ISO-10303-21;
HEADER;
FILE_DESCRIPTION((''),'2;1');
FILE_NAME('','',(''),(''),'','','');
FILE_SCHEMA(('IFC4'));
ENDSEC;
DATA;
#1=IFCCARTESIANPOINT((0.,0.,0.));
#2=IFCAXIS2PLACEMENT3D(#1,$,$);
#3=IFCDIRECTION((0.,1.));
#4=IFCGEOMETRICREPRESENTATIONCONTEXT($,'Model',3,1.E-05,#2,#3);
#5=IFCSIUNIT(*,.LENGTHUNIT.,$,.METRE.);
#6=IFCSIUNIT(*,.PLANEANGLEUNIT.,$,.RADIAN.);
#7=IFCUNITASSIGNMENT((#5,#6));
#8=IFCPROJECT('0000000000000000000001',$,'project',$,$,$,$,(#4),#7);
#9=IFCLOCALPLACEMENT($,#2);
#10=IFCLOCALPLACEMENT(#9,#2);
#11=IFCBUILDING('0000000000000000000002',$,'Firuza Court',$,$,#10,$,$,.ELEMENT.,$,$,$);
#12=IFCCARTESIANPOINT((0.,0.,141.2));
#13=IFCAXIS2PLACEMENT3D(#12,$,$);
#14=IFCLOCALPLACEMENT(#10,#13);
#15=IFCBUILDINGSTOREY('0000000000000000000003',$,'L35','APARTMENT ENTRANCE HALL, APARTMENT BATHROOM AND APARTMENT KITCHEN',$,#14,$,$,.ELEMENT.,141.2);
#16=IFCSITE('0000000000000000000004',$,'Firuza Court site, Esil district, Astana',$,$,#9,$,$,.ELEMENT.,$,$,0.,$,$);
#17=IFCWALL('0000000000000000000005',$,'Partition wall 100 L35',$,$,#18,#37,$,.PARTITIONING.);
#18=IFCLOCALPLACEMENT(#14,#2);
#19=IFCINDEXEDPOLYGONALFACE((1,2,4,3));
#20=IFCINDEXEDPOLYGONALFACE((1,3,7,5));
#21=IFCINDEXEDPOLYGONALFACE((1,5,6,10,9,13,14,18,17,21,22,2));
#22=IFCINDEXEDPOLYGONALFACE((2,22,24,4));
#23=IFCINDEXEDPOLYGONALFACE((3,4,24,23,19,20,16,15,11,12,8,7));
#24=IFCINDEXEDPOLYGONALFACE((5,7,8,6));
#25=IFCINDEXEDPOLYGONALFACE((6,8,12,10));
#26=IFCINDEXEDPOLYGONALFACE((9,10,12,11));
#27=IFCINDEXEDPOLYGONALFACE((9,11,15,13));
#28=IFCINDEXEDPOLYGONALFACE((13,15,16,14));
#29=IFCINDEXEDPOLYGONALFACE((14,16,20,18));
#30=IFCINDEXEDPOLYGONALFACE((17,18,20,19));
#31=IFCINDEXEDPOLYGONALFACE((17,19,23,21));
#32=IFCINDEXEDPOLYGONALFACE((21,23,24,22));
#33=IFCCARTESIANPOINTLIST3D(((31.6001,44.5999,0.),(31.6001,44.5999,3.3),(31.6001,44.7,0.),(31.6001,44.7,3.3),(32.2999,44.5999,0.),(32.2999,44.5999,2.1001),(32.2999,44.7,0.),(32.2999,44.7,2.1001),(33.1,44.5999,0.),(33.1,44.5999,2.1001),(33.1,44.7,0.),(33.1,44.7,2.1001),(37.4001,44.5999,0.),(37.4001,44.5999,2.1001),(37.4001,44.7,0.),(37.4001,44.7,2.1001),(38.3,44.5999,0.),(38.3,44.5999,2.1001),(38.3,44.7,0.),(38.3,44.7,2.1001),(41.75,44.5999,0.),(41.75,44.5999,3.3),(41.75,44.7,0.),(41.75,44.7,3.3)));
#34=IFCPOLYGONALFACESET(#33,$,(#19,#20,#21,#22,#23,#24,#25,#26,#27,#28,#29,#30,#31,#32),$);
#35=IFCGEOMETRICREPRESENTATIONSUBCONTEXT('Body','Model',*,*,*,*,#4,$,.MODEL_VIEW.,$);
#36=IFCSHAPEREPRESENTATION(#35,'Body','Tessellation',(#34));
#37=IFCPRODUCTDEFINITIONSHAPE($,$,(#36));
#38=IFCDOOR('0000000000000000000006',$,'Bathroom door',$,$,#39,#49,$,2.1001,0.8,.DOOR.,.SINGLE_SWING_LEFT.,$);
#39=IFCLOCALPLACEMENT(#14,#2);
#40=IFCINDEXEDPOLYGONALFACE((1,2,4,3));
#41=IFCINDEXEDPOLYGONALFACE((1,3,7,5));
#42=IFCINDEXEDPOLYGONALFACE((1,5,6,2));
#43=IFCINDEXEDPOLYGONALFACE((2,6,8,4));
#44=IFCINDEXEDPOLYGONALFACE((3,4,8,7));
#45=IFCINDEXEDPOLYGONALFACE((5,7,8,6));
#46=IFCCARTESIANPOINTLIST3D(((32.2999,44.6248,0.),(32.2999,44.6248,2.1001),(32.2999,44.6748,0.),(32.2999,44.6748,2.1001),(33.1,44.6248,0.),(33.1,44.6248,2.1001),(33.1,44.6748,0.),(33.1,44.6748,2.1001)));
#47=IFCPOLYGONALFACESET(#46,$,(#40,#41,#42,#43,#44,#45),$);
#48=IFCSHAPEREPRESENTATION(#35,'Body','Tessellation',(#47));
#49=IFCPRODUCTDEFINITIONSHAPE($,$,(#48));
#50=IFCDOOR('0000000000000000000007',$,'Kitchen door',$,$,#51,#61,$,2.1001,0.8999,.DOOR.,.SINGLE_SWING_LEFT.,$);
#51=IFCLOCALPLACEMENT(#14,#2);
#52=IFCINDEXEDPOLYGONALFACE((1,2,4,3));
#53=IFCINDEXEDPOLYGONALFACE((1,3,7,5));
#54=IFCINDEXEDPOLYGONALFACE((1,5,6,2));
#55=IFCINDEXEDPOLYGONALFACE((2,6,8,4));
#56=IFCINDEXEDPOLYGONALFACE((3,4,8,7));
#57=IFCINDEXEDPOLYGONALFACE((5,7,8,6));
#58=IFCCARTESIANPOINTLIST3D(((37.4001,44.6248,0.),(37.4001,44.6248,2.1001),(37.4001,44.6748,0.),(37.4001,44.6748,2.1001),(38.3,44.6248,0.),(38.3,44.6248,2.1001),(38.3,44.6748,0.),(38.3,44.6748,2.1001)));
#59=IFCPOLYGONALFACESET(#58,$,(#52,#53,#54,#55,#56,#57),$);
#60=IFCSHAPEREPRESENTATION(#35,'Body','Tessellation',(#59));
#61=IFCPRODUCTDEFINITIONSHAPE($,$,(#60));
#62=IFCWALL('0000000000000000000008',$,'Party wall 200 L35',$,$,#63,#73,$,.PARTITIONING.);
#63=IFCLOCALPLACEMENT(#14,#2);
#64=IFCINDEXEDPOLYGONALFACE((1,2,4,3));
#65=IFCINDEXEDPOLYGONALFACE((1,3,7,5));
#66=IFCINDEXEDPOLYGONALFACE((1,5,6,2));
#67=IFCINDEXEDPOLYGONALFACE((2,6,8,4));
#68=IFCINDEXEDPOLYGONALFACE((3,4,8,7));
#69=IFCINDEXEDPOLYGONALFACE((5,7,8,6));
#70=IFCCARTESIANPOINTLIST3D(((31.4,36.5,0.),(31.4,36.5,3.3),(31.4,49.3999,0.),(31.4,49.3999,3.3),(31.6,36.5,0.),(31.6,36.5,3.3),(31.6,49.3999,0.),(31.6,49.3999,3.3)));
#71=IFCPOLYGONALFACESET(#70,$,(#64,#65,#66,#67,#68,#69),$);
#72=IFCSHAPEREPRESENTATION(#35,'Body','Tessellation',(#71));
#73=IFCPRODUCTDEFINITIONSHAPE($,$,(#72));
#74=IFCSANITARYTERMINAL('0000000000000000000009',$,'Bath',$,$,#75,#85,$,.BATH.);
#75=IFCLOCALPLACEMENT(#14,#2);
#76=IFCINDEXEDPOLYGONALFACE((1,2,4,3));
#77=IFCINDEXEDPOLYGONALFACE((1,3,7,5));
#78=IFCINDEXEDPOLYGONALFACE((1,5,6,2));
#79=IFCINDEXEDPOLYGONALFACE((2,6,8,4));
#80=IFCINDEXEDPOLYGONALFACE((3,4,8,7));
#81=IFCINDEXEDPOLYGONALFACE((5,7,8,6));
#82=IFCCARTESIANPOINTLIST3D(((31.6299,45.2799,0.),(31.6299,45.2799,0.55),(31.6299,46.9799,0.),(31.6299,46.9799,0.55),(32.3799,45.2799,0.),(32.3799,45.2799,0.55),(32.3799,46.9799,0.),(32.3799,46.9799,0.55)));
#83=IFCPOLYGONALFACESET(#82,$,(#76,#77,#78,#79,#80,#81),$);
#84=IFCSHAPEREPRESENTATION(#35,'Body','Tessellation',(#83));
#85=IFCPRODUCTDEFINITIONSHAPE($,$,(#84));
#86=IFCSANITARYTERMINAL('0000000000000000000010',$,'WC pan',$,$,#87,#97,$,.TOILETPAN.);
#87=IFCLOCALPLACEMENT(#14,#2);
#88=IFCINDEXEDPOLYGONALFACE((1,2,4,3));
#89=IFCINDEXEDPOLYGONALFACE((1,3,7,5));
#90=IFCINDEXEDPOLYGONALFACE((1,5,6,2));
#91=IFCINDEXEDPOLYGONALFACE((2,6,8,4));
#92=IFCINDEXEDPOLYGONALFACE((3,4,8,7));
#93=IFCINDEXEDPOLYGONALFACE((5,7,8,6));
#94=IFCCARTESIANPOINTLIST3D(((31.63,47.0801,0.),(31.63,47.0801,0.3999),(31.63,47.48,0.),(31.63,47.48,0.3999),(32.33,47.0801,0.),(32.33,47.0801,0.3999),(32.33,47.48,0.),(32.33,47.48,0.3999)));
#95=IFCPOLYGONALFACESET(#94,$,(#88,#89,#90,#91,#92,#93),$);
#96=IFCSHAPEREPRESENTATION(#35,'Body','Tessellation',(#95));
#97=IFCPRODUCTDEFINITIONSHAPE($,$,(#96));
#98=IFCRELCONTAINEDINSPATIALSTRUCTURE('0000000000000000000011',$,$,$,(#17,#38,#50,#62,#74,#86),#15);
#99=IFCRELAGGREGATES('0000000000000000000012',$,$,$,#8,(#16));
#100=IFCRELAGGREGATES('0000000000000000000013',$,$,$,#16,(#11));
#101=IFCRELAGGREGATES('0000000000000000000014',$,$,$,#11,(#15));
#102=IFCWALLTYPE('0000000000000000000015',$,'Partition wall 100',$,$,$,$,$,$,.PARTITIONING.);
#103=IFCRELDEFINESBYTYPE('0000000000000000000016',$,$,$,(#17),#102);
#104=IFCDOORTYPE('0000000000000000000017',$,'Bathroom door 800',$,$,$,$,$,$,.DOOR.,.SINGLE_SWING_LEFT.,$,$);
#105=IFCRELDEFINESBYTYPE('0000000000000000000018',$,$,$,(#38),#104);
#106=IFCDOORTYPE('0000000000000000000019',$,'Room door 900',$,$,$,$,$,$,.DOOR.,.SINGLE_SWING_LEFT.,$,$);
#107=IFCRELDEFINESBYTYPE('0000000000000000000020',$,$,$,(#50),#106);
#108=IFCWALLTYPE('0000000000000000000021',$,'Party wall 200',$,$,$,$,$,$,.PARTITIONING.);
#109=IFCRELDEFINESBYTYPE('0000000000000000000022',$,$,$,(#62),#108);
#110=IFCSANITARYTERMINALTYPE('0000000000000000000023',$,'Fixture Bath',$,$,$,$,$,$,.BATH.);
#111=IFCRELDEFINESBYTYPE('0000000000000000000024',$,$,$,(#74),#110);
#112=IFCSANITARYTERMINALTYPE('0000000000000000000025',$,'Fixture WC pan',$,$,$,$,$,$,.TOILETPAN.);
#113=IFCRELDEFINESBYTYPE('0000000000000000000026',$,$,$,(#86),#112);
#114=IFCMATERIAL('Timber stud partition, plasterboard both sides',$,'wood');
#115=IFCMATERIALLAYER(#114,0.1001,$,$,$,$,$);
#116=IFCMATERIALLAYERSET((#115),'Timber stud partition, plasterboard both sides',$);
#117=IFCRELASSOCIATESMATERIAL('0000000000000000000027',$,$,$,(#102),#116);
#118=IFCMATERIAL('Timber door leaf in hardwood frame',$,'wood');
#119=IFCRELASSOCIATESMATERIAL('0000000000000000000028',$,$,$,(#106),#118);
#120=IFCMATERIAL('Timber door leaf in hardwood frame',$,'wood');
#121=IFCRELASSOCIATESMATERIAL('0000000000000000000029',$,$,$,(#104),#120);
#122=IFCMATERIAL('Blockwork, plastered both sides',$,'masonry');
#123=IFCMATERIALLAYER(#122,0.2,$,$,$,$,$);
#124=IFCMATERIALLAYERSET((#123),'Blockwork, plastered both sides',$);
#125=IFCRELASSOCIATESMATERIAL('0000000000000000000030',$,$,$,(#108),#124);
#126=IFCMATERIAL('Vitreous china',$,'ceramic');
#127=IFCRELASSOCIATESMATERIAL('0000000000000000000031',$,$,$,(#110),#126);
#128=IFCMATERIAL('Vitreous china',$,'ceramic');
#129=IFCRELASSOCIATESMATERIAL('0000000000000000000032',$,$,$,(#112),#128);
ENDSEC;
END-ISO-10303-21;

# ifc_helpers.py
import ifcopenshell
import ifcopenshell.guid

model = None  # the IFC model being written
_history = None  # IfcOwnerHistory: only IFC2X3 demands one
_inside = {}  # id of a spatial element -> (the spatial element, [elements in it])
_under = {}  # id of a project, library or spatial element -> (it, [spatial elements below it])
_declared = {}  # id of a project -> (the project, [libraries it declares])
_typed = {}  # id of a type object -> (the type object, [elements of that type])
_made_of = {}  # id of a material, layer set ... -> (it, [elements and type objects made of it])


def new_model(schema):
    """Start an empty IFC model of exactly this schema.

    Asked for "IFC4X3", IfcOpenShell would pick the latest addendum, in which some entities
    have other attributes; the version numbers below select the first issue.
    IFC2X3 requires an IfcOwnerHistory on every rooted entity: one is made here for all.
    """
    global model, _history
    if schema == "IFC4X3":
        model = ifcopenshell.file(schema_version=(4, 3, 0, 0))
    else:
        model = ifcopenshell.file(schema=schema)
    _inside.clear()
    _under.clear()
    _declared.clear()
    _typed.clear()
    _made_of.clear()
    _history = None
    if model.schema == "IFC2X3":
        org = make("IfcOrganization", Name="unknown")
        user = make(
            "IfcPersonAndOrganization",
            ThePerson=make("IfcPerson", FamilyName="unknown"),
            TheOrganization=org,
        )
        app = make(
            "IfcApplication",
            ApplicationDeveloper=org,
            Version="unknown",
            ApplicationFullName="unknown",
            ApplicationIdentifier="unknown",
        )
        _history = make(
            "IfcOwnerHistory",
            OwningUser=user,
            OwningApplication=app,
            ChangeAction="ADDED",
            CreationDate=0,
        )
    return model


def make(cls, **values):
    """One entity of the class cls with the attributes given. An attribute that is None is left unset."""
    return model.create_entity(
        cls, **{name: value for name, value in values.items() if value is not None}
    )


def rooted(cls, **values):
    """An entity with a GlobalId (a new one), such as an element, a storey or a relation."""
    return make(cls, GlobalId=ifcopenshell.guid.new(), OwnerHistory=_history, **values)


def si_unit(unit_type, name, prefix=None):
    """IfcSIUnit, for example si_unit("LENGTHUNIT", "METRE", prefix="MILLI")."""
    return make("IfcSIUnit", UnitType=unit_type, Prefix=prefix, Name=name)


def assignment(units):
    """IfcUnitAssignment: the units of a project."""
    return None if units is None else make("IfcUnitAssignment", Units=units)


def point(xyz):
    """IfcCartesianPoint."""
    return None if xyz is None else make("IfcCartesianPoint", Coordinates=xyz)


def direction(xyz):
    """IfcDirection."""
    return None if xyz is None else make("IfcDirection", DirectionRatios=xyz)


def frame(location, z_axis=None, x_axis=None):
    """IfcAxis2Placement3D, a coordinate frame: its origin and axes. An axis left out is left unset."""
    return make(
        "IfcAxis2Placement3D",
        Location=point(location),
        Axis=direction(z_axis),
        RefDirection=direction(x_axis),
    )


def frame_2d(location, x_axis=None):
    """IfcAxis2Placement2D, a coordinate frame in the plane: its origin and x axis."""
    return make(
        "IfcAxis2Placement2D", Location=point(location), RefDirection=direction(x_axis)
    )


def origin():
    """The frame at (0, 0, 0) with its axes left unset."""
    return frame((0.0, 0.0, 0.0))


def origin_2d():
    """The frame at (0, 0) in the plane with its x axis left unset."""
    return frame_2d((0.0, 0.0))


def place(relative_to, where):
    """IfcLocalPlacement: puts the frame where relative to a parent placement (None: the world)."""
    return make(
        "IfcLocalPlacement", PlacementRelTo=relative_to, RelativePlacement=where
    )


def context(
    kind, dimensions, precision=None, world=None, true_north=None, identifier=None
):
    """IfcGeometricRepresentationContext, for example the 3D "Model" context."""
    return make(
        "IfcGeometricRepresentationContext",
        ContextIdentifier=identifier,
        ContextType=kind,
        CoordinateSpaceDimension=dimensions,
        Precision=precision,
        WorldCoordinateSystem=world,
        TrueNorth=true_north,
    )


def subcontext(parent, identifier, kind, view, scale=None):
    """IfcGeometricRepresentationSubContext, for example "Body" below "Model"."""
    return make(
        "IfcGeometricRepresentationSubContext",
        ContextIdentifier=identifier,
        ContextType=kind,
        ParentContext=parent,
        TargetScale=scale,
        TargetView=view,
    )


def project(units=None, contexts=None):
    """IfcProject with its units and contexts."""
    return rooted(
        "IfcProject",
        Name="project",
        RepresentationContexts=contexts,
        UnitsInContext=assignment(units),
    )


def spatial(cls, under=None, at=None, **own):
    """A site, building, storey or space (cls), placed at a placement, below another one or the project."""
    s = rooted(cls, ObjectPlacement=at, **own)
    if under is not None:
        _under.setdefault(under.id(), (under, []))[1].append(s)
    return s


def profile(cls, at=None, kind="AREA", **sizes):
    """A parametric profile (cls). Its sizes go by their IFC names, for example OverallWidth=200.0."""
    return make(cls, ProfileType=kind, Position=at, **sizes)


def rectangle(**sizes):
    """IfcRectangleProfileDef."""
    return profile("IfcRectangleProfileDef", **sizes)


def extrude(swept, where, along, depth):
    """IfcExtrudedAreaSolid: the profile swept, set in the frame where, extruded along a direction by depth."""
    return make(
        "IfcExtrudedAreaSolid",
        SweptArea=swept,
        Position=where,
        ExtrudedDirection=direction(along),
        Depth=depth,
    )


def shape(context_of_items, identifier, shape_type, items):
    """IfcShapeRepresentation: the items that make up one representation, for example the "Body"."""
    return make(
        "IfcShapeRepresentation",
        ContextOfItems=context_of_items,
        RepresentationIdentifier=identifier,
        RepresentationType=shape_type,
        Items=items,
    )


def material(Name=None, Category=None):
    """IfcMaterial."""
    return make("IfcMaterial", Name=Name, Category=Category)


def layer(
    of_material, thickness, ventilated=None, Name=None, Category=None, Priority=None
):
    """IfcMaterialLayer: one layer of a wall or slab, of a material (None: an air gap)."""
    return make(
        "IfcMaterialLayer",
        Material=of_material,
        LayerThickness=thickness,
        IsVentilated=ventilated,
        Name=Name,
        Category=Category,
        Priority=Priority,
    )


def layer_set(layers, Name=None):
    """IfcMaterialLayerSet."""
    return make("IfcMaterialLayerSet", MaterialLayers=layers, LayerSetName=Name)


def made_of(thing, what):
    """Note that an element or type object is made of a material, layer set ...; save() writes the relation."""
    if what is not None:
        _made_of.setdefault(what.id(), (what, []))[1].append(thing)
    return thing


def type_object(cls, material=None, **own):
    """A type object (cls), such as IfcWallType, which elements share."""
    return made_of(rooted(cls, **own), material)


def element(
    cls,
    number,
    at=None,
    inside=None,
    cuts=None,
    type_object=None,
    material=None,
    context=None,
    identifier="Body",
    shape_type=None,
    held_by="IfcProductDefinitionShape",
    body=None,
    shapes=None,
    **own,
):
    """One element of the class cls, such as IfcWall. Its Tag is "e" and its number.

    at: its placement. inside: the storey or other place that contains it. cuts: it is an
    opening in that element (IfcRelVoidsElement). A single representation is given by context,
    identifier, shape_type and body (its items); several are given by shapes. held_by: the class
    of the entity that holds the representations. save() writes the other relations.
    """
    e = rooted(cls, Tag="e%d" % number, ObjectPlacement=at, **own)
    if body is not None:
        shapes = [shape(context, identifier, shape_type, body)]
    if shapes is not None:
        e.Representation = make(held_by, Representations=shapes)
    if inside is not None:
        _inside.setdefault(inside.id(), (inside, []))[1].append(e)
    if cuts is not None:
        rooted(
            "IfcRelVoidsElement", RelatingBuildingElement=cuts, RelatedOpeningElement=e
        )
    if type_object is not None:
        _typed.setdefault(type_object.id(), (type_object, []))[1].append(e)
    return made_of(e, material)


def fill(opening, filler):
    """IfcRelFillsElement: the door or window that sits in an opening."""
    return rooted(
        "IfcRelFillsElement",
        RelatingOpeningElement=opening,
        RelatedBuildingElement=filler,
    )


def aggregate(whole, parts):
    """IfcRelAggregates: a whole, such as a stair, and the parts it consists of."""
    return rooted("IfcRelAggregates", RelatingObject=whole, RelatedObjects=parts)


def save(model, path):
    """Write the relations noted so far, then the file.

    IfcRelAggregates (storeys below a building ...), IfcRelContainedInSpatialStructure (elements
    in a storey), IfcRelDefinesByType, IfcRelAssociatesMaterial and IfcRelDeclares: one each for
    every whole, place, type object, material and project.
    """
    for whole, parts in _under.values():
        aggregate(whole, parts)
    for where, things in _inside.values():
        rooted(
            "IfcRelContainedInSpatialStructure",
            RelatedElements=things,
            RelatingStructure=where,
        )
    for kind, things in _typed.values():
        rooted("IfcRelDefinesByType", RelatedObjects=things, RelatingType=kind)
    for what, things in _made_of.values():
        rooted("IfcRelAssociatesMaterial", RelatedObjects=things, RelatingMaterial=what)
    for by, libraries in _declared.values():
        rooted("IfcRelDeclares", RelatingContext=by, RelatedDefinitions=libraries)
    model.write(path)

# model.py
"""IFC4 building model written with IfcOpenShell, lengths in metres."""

from ifc_helpers import new_model, si_unit, direction, frame, frame_2d, origin, origin_2d, place, context, subcontext, project, spatial, rectangle, extrude, material, layer, layer_set, type_object, element, fill, save


model = new_model("IFC4")

# Units and contexts
model_context = context("Model", 3, precision=1e-05, world=origin(), true_north=direction((0.0, 1.0)))
body_context = subcontext(model_context, "Body", "Model", "MODEL_VIEW")
ifc_project = project(units=[si_unit("LENGTHUNIT", "METRE"), si_unit("PLANEANGLEUNIT", "RADIAN")], contexts=[model_context])

# Site, building, storey
site_placement = place(None, origin())
site = spatial("IfcSite", under=ifc_project, at=site_placement, Name="Firuza Court site, Esil district, Astana", CompositionType="ELEMENT", RefElevation=0.0)
building_placement = place(site_placement, origin())
building = spatial("IfcBuilding", under=site, at=building_placement, Name="Firuza Court", CompositionType="ELEMENT")
storey_placement = place(building_placement, frame((0.0, 0.0, 141.2)))
storey = spatial("IfcBuildingStorey", under=building, at=storey_placement, Name="L35", Description="APARTMENT ENTRANCE HALL, APARTMENT BATHROOM AND APARTMENT KITCHEN", CompositionType="ELEMENT", Elevation=141.2)

# Shared definitions
ifc_material_1 = material(Name="Timber stud partition, plasterboard both sides", Category="wood")
ifc_layer_1 = layer(ifc_material_1, 0.1001)
ifc_layer_set_1 = layer_set([ifc_layer_1], Name="Timber stud partition, plasterboard both sides")
wall_type_1 = type_object("IfcWallType", Name="Partition wall 100", PredefinedType="PARTITIONING", material=ifc_layer_set_1)

# Wall, openings, doors
ifc_material_2 = material(Name="Timber door leaf in hardwood frame", Category="wood")
door_type_1 = type_object("IfcDoorType", Name="Room door 900", OperationType="SINGLE_SWING_LEFT", PredefinedType="DOOR", material=ifc_material_2)
wall_1_placement = place(storey_placement, frame((31.6001, 44.6499, 0.0), z_axis=(0.0, 0.0, 1.0), x_axis=(1.0, 0.0, 0.0)))
wall_1 = element("IfcWall", 1, at=wall_1_placement, inside=storey, type_object=wall_type_1, Name="Partition wall 100 L35", PredefinedType="PARTITIONING", context=body_context, shape_type="SweptSolid", body=[
    extrude(rectangle(XDim=10.1499, YDim=0.1001, at=frame_2d((5.075, 0.0))), origin(), (0.0, 0.0, 1.0), 3.3),
])
opening_1_placement = place(wall_1_placement, frame((0.7, 0.0, 0.0)))
opening_1 = element("IfcOpeningElement", 2, at=opening_1_placement, cuts=wall_1, PredefinedType="OPENING", context=body_context, shape_type="SweptSolid", body=[
    extrude(rectangle(XDim=0.8, YDim=2.1001, at=frame_2d((0.3999, 1.05))), frame((0.0, 0.062, 0.0), z_axis=(0.0, -1.0, 0.0), x_axis=(1.0, 0.0, 0.0)), (0.0, 0.0, 1.0), 0.124),
])
opening_2_placement = place(wall_1_placement, frame((5.8, 0.0, 0.0)))
opening_2 = element("IfcOpeningElement", 3, at=opening_2_placement, cuts=wall_1, PredefinedType="OPENING", context=body_context, shape_type="SweptSolid", body=[
    extrude(rectangle(XDim=0.8999, YDim=2.1001, at=frame_2d((0.45, 1.05))), frame((0.0, 0.062, 0.0), z_axis=(0.0, -1.0, 0.0), x_axis=(1.0, 0.0, 0.0)), (0.0, 0.0, 1.0), 0.124),
])
ifc_material_3 = material(Name="Timber door leaf in hardwood frame", Category="wood")
door_type_2 = type_object("IfcDoorType", Name="Bathroom door 800", OperationType="SINGLE_SWING_LEFT", PredefinedType="DOOR", material=ifc_material_3)
door_1_placement = place(opening_1_placement, origin())
door_1 = element("IfcDoor", 4, at=door_1_placement, inside=storey, type_object=door_type_2, Name="Bathroom door", OperationType="SINGLE_SWING_LEFT", OverallHeight=2.1001, OverallWidth=0.8, PredefinedType="DOOR", context=body_context, shape_type="SweptSolid", body=[
    extrude(rectangle(XDim=0.8, YDim=2.1001, at=frame_2d((0.3999, 1.05))), frame((0.0, 0.0249, 0.0), z_axis=(0.0, -1.0, 0.0), x_axis=(1.0, 0.0, 0.0)), (0.0, 0.0, 1.0), 0.05),
])
fill(opening_1, door_1)
door_2_placement = place(opening_2_placement, origin())
door_2 = element("IfcDoor", 5, at=door_2_placement, inside=storey, type_object=door_type_1, Name="Kitchen door", OperationType="SINGLE_SWING_LEFT", OverallHeight=2.1001, OverallWidth=0.8999, PredefinedType="DOOR", context=body_context, shape_type="SweptSolid", body=[
    extrude(rectangle(XDim=0.8999, YDim=2.1001, at=frame_2d((0.45, 1.05))), frame((0.0, 0.0249, 0.0), z_axis=(0.0, -1.0, 0.0), x_axis=(1.0, 0.0, 0.0)), (0.0, 0.0, 1.0), 0.05),
])
fill(opening_2, door_2)

# Wall
ifc_material_4 = material(Name="Blockwork, plastered both sides", Category="masonry")
ifc_layer_2 = layer(ifc_material_4, 0.2)
ifc_layer_set_2 = layer_set([ifc_layer_2], Name="Blockwork, plastered both sides")
wall_type_2 = type_object("IfcWallType", Name="Party wall 200", PredefinedType="PARTITIONING", material=ifc_layer_set_2)
wall_2_placement = place(storey_placement, frame((31.5, 36.5, 0.0), z_axis=(0.0, 0.0, 1.0), x_axis=(0.0, 1.0, 0.0)))
element("IfcWall", 6, at=wall_2_placement, inside=storey, type_object=wall_type_2, Name="Party wall 200 L35", PredefinedType="PARTITIONING", context=body_context, shape_type="SweptSolid", body=[
    extrude(rectangle(XDim=12.8999, YDim=0.2, at=frame_2d((6.45, 0.0))), origin(), (0.0, 0.0, 1.0), 3.3),
])

# Sanitary terminals
ifc_material_5 = material(Name="Vitreous china", Category="ceramic")
sanitary_terminal_type_1 = type_object("IfcSanitaryTerminalType", Name="Fixture Bath", PredefinedType="BATH", material=ifc_material_5)
sanitary_terminal_1_placement = place(storey_placement, frame((32.0049, 46.1299, 0.0), z_axis=(0.0, 0.0, 1.0), x_axis=(1.0, 0.0, 0.0)))
element("IfcSanitaryTerminal", 7, at=sanitary_terminal_1_placement, inside=storey, type_object=sanitary_terminal_type_1, Name="Bath", PredefinedType="BATH", context=body_context, shape_type="SweptSolid", body=[
    extrude(rectangle(XDim=0.75, YDim=1.7, at=origin_2d()), origin(), (0.0, 0.0, 1.0), 0.55),
])
ifc_material_6 = material(Name="Vitreous china", Category="ceramic")
sanitary_terminal_type_2 = type_object("IfcSanitaryTerminalType", Name="Fixture WC pan", PredefinedType="TOILETPAN", material=ifc_material_6)
sanitary_terminal_2_placement = place(storey_placement, frame((31.98, 47.28, 0.0), z_axis=(0.0, 0.0, 1.0), x_axis=(1.0, 0.0, 0.0)))
element("IfcSanitaryTerminal", 8, at=sanitary_terminal_2_placement, inside=storey, type_object=sanitary_terminal_type_2, Name="WC pan", PredefinedType="TOILETPAN", context=body_context, shape_type="SweptSolid", body=[
    extrude(rectangle(XDim=0.7, YDim=0.3999, at=origin_2d()), origin(), (0.0, 0.0, 1.0), 0.3999),
])

save(model, "model.ifc")
